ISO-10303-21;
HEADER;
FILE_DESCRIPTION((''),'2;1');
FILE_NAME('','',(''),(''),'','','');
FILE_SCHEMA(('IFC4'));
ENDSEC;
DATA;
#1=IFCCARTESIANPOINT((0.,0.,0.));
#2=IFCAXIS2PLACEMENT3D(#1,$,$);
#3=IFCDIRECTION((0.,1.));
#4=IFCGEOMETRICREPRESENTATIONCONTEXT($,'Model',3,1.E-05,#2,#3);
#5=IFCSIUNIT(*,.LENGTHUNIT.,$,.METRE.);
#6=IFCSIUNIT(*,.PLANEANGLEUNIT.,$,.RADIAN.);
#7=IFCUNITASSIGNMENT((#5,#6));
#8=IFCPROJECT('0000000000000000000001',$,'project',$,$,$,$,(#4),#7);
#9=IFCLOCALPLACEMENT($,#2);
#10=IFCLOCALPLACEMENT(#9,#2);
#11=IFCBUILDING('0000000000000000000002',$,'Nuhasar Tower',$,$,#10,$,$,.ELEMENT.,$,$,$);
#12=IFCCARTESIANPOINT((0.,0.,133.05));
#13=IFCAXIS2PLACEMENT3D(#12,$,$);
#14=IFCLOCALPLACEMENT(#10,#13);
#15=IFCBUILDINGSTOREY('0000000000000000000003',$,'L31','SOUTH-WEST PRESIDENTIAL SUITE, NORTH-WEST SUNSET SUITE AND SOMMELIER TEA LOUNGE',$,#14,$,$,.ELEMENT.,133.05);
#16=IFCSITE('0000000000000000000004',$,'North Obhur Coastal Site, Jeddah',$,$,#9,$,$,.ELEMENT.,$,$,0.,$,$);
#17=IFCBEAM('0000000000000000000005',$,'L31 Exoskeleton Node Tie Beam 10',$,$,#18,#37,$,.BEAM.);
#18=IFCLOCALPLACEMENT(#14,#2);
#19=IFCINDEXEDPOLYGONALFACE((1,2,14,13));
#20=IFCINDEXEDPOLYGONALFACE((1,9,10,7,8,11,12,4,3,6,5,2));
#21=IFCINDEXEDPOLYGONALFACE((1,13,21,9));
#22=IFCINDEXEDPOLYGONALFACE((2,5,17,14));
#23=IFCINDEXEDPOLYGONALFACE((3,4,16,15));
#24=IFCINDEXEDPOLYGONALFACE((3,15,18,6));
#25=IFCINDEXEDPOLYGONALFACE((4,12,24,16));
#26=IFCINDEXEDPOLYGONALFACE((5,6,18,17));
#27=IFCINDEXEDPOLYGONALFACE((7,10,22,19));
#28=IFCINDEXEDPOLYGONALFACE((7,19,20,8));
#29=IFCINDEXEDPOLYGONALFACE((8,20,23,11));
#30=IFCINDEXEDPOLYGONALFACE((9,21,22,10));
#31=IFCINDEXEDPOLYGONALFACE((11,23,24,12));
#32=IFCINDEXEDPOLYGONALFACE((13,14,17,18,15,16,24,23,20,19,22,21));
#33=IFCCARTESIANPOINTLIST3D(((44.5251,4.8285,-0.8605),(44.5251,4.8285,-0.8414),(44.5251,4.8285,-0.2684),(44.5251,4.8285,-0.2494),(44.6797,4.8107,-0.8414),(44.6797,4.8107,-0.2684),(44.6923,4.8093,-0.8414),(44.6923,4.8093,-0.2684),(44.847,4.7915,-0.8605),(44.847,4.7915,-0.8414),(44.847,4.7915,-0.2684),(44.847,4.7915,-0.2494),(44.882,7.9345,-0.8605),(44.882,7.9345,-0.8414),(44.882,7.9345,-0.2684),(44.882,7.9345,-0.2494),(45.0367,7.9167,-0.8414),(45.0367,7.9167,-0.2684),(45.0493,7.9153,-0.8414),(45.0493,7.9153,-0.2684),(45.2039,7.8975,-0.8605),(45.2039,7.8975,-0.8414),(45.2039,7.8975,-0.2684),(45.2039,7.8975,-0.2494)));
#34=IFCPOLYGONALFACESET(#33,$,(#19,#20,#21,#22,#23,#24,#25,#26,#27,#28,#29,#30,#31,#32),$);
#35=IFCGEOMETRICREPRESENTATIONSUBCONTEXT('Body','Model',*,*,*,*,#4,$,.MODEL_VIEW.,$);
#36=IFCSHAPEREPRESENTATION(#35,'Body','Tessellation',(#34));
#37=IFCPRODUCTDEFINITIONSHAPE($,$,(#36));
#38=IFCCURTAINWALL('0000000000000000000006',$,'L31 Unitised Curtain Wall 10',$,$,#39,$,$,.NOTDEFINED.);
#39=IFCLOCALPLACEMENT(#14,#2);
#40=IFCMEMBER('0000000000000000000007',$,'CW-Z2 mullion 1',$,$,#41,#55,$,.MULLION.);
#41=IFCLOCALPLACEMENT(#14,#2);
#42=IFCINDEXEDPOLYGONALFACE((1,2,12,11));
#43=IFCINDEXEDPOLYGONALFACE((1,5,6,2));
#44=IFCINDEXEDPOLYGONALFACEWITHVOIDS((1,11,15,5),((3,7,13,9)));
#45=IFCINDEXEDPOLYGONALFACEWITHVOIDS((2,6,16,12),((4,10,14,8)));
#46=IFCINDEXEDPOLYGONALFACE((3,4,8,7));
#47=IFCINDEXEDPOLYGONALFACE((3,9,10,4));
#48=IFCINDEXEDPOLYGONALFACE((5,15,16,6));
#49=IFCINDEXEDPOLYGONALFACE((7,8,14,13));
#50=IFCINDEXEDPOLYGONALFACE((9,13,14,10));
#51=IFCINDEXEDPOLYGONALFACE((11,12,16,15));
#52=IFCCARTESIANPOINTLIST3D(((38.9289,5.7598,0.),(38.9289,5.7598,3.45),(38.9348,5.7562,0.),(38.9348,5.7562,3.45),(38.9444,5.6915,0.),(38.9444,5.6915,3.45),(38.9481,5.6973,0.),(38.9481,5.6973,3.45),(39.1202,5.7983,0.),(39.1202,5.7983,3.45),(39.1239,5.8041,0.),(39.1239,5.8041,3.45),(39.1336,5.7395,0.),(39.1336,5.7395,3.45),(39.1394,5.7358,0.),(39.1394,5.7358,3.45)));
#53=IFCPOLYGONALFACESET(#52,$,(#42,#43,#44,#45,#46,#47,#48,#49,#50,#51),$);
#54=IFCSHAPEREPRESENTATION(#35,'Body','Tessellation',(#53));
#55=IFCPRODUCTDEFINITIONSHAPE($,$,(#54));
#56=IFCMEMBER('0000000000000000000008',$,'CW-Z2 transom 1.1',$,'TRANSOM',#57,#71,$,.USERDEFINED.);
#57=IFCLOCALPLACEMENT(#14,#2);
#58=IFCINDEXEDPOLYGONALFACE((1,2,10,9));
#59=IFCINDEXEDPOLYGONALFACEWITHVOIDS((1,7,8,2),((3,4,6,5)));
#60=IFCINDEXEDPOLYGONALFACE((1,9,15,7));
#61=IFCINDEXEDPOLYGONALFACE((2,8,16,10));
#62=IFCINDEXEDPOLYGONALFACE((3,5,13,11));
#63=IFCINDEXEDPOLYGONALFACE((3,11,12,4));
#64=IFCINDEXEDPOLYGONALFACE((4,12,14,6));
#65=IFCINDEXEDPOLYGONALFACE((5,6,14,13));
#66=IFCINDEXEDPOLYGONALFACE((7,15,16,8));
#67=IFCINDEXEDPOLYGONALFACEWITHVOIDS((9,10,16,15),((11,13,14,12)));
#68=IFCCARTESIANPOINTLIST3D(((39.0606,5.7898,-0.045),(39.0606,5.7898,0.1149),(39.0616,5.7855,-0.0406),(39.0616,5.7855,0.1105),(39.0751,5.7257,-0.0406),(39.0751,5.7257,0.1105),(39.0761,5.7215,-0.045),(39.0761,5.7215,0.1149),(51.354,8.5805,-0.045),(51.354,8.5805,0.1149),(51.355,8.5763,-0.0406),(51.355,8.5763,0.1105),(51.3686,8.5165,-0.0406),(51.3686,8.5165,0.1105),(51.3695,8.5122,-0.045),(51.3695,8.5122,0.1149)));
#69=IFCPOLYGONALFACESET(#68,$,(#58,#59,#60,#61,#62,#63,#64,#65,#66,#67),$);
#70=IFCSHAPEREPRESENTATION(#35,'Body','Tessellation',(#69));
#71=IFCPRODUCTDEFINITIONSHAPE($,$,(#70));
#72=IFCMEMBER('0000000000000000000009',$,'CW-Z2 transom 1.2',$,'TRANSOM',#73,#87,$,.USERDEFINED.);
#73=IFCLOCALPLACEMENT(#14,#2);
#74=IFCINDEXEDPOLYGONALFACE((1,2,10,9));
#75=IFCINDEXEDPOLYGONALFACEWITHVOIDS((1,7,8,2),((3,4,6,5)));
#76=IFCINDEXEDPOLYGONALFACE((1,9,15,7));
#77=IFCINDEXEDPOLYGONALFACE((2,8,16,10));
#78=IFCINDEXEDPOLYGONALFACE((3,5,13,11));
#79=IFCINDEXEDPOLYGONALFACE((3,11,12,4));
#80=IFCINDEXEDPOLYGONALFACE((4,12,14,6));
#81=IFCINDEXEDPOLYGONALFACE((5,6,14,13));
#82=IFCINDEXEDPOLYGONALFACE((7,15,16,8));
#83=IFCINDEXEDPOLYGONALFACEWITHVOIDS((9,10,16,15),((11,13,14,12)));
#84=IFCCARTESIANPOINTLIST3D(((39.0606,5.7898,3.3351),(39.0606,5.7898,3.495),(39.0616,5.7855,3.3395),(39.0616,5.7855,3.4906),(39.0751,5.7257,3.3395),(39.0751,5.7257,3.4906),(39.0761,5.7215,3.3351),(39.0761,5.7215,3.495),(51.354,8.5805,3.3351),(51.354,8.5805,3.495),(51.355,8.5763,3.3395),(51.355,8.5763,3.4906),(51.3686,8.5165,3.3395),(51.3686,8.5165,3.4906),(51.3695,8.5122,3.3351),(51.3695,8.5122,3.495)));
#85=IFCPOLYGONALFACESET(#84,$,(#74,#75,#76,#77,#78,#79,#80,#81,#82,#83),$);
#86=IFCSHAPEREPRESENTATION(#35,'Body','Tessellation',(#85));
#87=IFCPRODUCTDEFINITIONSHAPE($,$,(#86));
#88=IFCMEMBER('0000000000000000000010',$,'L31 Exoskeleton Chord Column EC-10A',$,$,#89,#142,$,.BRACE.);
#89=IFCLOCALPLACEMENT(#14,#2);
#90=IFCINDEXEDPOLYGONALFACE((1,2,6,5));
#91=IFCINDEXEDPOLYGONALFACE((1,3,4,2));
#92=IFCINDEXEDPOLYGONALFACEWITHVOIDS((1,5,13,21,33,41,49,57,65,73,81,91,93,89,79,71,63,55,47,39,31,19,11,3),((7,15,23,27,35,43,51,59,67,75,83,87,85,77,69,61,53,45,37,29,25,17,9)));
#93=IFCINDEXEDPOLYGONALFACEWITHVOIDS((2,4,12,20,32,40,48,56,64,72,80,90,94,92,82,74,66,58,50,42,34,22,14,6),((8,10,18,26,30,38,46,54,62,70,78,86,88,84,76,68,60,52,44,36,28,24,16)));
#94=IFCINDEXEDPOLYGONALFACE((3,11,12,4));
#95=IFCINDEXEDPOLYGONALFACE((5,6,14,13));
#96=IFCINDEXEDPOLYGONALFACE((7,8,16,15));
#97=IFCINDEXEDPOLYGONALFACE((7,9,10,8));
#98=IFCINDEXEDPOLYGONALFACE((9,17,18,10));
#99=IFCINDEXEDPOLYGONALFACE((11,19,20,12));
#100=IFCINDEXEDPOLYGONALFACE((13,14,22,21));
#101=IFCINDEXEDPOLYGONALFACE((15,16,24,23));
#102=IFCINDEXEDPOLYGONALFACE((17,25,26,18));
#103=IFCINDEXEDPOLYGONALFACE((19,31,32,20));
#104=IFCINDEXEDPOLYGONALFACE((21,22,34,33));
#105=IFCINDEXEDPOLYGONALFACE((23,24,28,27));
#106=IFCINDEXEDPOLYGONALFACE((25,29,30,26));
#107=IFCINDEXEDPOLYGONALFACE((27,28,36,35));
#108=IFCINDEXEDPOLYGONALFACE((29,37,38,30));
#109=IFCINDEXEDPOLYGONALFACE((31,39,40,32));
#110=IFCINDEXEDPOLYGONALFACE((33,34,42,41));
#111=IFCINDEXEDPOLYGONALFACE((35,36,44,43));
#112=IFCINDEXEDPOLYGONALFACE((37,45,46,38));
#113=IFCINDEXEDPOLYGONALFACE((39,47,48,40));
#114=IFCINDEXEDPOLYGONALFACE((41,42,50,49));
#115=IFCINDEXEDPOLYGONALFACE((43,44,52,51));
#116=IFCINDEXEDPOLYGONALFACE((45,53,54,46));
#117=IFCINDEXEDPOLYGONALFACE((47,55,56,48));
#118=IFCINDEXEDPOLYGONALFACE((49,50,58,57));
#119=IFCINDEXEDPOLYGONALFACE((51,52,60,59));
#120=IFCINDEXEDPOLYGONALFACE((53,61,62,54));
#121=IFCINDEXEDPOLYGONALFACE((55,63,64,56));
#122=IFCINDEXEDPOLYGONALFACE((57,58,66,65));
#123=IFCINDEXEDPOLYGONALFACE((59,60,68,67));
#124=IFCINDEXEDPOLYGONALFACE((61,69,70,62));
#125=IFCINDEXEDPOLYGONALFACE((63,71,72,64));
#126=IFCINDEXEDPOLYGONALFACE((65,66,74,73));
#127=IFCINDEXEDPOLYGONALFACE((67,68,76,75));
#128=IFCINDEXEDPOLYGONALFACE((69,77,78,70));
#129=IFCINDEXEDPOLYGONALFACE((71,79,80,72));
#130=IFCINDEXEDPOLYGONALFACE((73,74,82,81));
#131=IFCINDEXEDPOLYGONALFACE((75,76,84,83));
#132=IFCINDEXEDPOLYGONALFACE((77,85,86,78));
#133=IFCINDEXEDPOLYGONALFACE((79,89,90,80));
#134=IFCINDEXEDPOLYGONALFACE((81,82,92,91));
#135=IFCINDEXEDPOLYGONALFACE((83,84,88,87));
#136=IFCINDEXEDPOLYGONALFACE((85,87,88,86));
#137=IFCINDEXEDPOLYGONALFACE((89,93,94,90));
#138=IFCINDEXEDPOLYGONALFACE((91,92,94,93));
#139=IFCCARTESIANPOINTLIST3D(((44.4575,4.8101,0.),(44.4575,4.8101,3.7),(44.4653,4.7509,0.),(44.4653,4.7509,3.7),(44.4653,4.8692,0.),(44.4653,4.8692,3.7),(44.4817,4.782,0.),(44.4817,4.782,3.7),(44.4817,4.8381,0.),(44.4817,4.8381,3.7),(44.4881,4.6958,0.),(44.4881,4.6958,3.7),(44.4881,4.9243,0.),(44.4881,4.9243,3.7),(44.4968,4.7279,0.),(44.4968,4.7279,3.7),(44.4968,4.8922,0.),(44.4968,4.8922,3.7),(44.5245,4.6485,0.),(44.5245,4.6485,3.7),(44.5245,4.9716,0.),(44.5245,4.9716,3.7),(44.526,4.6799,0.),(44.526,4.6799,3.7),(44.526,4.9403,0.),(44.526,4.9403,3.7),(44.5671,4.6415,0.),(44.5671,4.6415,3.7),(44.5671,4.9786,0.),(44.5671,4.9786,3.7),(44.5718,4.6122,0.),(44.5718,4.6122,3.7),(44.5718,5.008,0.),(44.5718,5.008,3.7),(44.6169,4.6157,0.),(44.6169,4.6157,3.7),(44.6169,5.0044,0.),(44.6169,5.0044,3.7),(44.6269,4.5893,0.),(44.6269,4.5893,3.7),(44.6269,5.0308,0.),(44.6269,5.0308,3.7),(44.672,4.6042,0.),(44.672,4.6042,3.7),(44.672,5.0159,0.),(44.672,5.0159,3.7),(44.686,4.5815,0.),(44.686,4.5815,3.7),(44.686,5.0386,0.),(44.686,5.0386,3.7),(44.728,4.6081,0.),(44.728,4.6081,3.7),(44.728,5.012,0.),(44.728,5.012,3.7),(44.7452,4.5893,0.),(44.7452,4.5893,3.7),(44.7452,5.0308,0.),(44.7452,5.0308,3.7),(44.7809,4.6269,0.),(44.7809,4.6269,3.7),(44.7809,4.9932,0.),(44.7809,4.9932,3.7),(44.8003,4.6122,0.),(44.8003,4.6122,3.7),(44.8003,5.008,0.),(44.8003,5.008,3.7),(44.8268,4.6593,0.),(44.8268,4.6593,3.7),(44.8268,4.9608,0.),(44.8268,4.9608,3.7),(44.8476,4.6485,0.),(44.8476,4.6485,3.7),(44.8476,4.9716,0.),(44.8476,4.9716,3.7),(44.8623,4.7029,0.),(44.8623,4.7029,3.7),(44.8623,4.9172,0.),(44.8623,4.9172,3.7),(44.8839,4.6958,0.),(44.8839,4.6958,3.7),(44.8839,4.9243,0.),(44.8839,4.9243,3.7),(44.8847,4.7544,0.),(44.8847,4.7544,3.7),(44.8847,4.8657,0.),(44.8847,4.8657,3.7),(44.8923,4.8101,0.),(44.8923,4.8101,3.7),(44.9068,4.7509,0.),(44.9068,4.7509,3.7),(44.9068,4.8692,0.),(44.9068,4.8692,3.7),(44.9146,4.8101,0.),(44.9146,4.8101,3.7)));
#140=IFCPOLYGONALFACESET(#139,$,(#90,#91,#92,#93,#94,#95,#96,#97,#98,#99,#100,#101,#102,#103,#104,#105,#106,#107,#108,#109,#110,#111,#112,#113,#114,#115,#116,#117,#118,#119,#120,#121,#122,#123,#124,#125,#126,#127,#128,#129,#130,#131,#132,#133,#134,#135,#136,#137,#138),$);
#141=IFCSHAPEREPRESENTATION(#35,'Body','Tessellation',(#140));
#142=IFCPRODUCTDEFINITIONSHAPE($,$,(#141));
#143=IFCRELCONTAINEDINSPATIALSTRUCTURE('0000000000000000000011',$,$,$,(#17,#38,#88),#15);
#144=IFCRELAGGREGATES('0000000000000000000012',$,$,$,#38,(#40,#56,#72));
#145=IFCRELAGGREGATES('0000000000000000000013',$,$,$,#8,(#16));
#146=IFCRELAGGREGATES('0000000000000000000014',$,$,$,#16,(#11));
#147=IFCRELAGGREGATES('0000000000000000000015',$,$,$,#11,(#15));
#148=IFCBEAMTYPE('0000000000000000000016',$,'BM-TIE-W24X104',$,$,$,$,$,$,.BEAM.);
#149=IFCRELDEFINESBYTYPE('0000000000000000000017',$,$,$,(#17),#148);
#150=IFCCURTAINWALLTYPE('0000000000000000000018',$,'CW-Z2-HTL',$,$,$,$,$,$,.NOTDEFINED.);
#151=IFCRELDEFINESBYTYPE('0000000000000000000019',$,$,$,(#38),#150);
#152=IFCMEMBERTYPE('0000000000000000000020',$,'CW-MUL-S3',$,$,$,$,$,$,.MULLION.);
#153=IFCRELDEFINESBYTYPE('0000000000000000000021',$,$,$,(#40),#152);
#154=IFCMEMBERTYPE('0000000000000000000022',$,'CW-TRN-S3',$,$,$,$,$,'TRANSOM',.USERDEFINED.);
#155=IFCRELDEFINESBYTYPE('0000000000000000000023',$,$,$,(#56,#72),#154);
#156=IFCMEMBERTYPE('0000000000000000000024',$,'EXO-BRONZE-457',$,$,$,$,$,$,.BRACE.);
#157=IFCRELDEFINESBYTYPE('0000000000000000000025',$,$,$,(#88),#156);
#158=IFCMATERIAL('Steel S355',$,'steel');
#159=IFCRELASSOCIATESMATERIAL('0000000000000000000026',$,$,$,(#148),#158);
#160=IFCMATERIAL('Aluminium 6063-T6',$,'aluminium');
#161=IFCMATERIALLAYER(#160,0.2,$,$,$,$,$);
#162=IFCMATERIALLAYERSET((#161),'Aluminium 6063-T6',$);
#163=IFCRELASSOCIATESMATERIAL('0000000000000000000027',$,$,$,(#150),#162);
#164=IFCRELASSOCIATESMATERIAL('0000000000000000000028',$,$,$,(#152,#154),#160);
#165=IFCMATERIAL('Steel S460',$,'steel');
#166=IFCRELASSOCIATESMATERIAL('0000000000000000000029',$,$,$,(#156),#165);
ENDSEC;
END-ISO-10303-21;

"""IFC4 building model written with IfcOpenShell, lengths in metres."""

from ifc_helpers import new_model, si_unit, direction, frame, origin, origin_2d, place, context, subcontext, project, spatial, hollow_rectangle, hollow_circle, i_section, extrude, material, layer, layer_set, material_profile, profile_set, type_object, element, aggregate, save


model = new_model("IFC4")

# Units and contexts
model_context = context("Model", 3, precision=1e-05, world=origin(), true_north=direction((0.0, 1.0)))
body_context = subcontext(model_context, "Body", "Model", "MODEL_VIEW")
ifc_project = project(units=[si_unit("LENGTHUNIT", "METRE"), si_unit("PLANEANGLEUNIT", "RADIAN")], contexts=[model_context])

# Site, building, storey
site_placement = place(None, origin())
site = spatial("IfcSite", under=ifc_project, at=site_placement, Name="North Obhur Coastal Site, Jeddah", CompositionType="ELEMENT", RefElevation=0.0)
building_placement = place(site_placement, origin())
building = spatial("IfcBuilding", under=site, at=building_placement, Name="Nuhasar Tower", CompositionType="ELEMENT")
storey_placement = place(building_placement, frame((0.0, 0.0, 133.05)))
storey = spatial("IfcBuildingStorey", under=building, at=storey_placement, Name="L31", Description="SOUTH-WEST PRESIDENTIAL SUITE, NORTH-WEST SUNSET SUITE AND SOMMELIER TEA LOUNGE", CompositionType="ELEMENT", Elevation=133.05)

# Beam
ifc_material_1 = material(Name="Steel S355", Category="steel")
ifc_material_profile_1 = material_profile(ifc_material_1, i_section(OverallWidth=0.324, OverallDepth=0.6111, WebThickness=0.0127, FlangeThickness=0.019, at=origin_2d()), Name="W24X104")
ifc_profile_set_1 = profile_set([ifc_material_profile_1], Name="Steel S355")
beam_type_1 = type_object("IfcBeamType", Name="BM-TIE-W24X104", PredefinedType="BEAM", material=ifc_profile_set_1)
beam_1_placement = place(storey_placement, frame((45.043, 7.916, -0.5549), z_axis=(-0.114168, -0.993461, 0.0), x_axis=(0.993461, -0.114168, 0.0)))
element("IfcBeam", 1, at=beam_1_placement, inside=storey, type_object=beam_type_1, Name="L31 Exoskeleton Node Tie Beam 10", PredefinedType="BEAM", context=body_context, shape_type="SweptSolid", body=[
    extrude(i_section(OverallWidth=0.324, OverallDepth=0.6111, WebThickness=0.0127, FlangeThickness=0.019, at=origin_2d()), origin(), (0.0, 0.0, 1.0), 3.1265),
])

# Curtain wall, members
ifc_material_2 = material(Name="Aluminium 6063-T6", Category="aluminium")
ifc_layer_1 = layer(ifc_material_2, 0.2)
ifc_layer_set_1 = layer_set([ifc_layer_1], Name="Aluminium 6063-T6")
curtain_wall_type = type_object("IfcCurtainWallType", Name="CW-Z2-HTL", PredefinedType="NOTDEFINED", material=ifc_layer_set_1)
curtain_wall_placement = place(storey_placement, origin())
curtain_wall = element("IfcCurtainWall", 2, at=curtain_wall_placement, inside=storey, type_object=curtain_wall_type, Name="L31 Unitised Curtain Wall 10", PredefinedType="NOTDEFINED")
ifc_material_profile_2 = material_profile(ifc_material_2, hollow_rectangle(XDim=0.0701, YDim=0.2, WallThickness=0.0049, at=origin_2d()), Name="CWM-3")
ifc_profile_set_2 = profile_set([ifc_material_profile_2], Name="Aluminium 6063-T6")
member_type_1 = type_object("IfcMemberType", Name="CW-MUL-S3", PredefinedType="MULLION", material=ifc_profile_set_2)
member_1_placement = place(storey_placement, frame((39.0342, 5.7478, 0.0), z_axis=(0.0, 0.0, 1.0), x_axis=(-0.221397, 0.975184, 0.0)))
member_1 = element("IfcMember", 3, at=member_1_placement, type_object=member_type_1, Name="CW-Z2 mullion 1", PredefinedType="MULLION", context=body_context, shape_type="SweptSolid", body=[
    extrude(hollow_rectangle(XDim=0.0701, YDim=0.2, WallThickness=0.0049, at=origin_2d()), origin(), (0.0, 0.0, 1.0), 3.45),
])
ifc_material_profile_3 = material_profile(ifc_material_2, hollow_rectangle(XDim=0.0701, YDim=0.1599, WallThickness=0.0044, at=origin_2d()), Name="CWT-3")
ifc_profile_set_3 = profile_set([ifc_material_profile_3], Name="Aluminium 6063-T6")
member_type_2 = type_object("IfcMemberType", Name="CW-TRN-S3", ElementType="TRANSOM", PredefinedType="USERDEFINED", material=ifc_profile_set_3)
member_2_placement = place(storey_placement, frame((39.0684, 5.7556, 0.0349), z_axis=(0.975188, 0.22138, 0.0), x_axis=(-0.22138, 0.975188, 0.0)))
member_2 = element("IfcMember", 4, at=member_2_placement, type_object=member_type_2, Name="CW-Z2 transom 1.1", ObjectType="TRANSOM", PredefinedType="USERDEFINED", context=body_context, shape_type="SweptSolid", body=[
    extrude(hollow_rectangle(XDim=0.0701, YDim=0.1599, WallThickness=0.0044, at=origin_2d()), origin(), (0.0, 0.0, 1.0), 12.6062),
])
member_3_placement = place(storey_placement, frame((39.0684, 5.7556, 3.415), z_axis=(0.975188, 0.22138, 0.0), x_axis=(-0.22138, 0.975188, 0.0)))
member_3 = element("IfcMember", 5, at=member_3_placement, type_object=member_type_2, Name="CW-Z2 transom 1.2", ObjectType="TRANSOM", PredefinedType="USERDEFINED", context=body_context, shape_type="SweptSolid", body=[
    extrude(hollow_rectangle(XDim=0.0701, YDim=0.1599, WallThickness=0.0044, at=origin_2d()), origin(), (0.0, 0.0, 1.0), 12.6062),
])

# Member
ifc_material_3 = material(Name="Steel S460", Category="steel")
ifc_material_profile_4 = material_profile(ifc_material_3, hollow_circle(Radius=0.2285, WallThickness=0.0222, at=origin_2d()), Name="HSS457X22.2")
ifc_profile_set_4 = profile_set([ifc_material_profile_4], Name="Steel S460")
member_type_3 = type_object("IfcMemberType", Name="EXO-BRONZE-457", PredefinedType="BRACE", material=ifc_profile_set_4)
member_4_placement = place(storey_placement, frame((44.686, 4.8101, 0.0), z_axis=(0.0, 0.0, 1.0), x_axis=(1.0, 0.0, 0.0)))
element("IfcMember", 6, at=member_4_placement, inside=storey, type_object=member_type_3, Name="L31 Exoskeleton Chord Column EC-10A", PredefinedType="BRACE", context=body_context, shape_type="SweptSolid", body=[
    extrude(hollow_circle(Radius=0.2285, WallThickness=0.0222, at=origin_2d()), origin(), (0.0, 0.0, 1.0), 3.7),
])

aggregate(curtain_wall, [member_1, member_2, member_3])

save(model, "model.ifc")
